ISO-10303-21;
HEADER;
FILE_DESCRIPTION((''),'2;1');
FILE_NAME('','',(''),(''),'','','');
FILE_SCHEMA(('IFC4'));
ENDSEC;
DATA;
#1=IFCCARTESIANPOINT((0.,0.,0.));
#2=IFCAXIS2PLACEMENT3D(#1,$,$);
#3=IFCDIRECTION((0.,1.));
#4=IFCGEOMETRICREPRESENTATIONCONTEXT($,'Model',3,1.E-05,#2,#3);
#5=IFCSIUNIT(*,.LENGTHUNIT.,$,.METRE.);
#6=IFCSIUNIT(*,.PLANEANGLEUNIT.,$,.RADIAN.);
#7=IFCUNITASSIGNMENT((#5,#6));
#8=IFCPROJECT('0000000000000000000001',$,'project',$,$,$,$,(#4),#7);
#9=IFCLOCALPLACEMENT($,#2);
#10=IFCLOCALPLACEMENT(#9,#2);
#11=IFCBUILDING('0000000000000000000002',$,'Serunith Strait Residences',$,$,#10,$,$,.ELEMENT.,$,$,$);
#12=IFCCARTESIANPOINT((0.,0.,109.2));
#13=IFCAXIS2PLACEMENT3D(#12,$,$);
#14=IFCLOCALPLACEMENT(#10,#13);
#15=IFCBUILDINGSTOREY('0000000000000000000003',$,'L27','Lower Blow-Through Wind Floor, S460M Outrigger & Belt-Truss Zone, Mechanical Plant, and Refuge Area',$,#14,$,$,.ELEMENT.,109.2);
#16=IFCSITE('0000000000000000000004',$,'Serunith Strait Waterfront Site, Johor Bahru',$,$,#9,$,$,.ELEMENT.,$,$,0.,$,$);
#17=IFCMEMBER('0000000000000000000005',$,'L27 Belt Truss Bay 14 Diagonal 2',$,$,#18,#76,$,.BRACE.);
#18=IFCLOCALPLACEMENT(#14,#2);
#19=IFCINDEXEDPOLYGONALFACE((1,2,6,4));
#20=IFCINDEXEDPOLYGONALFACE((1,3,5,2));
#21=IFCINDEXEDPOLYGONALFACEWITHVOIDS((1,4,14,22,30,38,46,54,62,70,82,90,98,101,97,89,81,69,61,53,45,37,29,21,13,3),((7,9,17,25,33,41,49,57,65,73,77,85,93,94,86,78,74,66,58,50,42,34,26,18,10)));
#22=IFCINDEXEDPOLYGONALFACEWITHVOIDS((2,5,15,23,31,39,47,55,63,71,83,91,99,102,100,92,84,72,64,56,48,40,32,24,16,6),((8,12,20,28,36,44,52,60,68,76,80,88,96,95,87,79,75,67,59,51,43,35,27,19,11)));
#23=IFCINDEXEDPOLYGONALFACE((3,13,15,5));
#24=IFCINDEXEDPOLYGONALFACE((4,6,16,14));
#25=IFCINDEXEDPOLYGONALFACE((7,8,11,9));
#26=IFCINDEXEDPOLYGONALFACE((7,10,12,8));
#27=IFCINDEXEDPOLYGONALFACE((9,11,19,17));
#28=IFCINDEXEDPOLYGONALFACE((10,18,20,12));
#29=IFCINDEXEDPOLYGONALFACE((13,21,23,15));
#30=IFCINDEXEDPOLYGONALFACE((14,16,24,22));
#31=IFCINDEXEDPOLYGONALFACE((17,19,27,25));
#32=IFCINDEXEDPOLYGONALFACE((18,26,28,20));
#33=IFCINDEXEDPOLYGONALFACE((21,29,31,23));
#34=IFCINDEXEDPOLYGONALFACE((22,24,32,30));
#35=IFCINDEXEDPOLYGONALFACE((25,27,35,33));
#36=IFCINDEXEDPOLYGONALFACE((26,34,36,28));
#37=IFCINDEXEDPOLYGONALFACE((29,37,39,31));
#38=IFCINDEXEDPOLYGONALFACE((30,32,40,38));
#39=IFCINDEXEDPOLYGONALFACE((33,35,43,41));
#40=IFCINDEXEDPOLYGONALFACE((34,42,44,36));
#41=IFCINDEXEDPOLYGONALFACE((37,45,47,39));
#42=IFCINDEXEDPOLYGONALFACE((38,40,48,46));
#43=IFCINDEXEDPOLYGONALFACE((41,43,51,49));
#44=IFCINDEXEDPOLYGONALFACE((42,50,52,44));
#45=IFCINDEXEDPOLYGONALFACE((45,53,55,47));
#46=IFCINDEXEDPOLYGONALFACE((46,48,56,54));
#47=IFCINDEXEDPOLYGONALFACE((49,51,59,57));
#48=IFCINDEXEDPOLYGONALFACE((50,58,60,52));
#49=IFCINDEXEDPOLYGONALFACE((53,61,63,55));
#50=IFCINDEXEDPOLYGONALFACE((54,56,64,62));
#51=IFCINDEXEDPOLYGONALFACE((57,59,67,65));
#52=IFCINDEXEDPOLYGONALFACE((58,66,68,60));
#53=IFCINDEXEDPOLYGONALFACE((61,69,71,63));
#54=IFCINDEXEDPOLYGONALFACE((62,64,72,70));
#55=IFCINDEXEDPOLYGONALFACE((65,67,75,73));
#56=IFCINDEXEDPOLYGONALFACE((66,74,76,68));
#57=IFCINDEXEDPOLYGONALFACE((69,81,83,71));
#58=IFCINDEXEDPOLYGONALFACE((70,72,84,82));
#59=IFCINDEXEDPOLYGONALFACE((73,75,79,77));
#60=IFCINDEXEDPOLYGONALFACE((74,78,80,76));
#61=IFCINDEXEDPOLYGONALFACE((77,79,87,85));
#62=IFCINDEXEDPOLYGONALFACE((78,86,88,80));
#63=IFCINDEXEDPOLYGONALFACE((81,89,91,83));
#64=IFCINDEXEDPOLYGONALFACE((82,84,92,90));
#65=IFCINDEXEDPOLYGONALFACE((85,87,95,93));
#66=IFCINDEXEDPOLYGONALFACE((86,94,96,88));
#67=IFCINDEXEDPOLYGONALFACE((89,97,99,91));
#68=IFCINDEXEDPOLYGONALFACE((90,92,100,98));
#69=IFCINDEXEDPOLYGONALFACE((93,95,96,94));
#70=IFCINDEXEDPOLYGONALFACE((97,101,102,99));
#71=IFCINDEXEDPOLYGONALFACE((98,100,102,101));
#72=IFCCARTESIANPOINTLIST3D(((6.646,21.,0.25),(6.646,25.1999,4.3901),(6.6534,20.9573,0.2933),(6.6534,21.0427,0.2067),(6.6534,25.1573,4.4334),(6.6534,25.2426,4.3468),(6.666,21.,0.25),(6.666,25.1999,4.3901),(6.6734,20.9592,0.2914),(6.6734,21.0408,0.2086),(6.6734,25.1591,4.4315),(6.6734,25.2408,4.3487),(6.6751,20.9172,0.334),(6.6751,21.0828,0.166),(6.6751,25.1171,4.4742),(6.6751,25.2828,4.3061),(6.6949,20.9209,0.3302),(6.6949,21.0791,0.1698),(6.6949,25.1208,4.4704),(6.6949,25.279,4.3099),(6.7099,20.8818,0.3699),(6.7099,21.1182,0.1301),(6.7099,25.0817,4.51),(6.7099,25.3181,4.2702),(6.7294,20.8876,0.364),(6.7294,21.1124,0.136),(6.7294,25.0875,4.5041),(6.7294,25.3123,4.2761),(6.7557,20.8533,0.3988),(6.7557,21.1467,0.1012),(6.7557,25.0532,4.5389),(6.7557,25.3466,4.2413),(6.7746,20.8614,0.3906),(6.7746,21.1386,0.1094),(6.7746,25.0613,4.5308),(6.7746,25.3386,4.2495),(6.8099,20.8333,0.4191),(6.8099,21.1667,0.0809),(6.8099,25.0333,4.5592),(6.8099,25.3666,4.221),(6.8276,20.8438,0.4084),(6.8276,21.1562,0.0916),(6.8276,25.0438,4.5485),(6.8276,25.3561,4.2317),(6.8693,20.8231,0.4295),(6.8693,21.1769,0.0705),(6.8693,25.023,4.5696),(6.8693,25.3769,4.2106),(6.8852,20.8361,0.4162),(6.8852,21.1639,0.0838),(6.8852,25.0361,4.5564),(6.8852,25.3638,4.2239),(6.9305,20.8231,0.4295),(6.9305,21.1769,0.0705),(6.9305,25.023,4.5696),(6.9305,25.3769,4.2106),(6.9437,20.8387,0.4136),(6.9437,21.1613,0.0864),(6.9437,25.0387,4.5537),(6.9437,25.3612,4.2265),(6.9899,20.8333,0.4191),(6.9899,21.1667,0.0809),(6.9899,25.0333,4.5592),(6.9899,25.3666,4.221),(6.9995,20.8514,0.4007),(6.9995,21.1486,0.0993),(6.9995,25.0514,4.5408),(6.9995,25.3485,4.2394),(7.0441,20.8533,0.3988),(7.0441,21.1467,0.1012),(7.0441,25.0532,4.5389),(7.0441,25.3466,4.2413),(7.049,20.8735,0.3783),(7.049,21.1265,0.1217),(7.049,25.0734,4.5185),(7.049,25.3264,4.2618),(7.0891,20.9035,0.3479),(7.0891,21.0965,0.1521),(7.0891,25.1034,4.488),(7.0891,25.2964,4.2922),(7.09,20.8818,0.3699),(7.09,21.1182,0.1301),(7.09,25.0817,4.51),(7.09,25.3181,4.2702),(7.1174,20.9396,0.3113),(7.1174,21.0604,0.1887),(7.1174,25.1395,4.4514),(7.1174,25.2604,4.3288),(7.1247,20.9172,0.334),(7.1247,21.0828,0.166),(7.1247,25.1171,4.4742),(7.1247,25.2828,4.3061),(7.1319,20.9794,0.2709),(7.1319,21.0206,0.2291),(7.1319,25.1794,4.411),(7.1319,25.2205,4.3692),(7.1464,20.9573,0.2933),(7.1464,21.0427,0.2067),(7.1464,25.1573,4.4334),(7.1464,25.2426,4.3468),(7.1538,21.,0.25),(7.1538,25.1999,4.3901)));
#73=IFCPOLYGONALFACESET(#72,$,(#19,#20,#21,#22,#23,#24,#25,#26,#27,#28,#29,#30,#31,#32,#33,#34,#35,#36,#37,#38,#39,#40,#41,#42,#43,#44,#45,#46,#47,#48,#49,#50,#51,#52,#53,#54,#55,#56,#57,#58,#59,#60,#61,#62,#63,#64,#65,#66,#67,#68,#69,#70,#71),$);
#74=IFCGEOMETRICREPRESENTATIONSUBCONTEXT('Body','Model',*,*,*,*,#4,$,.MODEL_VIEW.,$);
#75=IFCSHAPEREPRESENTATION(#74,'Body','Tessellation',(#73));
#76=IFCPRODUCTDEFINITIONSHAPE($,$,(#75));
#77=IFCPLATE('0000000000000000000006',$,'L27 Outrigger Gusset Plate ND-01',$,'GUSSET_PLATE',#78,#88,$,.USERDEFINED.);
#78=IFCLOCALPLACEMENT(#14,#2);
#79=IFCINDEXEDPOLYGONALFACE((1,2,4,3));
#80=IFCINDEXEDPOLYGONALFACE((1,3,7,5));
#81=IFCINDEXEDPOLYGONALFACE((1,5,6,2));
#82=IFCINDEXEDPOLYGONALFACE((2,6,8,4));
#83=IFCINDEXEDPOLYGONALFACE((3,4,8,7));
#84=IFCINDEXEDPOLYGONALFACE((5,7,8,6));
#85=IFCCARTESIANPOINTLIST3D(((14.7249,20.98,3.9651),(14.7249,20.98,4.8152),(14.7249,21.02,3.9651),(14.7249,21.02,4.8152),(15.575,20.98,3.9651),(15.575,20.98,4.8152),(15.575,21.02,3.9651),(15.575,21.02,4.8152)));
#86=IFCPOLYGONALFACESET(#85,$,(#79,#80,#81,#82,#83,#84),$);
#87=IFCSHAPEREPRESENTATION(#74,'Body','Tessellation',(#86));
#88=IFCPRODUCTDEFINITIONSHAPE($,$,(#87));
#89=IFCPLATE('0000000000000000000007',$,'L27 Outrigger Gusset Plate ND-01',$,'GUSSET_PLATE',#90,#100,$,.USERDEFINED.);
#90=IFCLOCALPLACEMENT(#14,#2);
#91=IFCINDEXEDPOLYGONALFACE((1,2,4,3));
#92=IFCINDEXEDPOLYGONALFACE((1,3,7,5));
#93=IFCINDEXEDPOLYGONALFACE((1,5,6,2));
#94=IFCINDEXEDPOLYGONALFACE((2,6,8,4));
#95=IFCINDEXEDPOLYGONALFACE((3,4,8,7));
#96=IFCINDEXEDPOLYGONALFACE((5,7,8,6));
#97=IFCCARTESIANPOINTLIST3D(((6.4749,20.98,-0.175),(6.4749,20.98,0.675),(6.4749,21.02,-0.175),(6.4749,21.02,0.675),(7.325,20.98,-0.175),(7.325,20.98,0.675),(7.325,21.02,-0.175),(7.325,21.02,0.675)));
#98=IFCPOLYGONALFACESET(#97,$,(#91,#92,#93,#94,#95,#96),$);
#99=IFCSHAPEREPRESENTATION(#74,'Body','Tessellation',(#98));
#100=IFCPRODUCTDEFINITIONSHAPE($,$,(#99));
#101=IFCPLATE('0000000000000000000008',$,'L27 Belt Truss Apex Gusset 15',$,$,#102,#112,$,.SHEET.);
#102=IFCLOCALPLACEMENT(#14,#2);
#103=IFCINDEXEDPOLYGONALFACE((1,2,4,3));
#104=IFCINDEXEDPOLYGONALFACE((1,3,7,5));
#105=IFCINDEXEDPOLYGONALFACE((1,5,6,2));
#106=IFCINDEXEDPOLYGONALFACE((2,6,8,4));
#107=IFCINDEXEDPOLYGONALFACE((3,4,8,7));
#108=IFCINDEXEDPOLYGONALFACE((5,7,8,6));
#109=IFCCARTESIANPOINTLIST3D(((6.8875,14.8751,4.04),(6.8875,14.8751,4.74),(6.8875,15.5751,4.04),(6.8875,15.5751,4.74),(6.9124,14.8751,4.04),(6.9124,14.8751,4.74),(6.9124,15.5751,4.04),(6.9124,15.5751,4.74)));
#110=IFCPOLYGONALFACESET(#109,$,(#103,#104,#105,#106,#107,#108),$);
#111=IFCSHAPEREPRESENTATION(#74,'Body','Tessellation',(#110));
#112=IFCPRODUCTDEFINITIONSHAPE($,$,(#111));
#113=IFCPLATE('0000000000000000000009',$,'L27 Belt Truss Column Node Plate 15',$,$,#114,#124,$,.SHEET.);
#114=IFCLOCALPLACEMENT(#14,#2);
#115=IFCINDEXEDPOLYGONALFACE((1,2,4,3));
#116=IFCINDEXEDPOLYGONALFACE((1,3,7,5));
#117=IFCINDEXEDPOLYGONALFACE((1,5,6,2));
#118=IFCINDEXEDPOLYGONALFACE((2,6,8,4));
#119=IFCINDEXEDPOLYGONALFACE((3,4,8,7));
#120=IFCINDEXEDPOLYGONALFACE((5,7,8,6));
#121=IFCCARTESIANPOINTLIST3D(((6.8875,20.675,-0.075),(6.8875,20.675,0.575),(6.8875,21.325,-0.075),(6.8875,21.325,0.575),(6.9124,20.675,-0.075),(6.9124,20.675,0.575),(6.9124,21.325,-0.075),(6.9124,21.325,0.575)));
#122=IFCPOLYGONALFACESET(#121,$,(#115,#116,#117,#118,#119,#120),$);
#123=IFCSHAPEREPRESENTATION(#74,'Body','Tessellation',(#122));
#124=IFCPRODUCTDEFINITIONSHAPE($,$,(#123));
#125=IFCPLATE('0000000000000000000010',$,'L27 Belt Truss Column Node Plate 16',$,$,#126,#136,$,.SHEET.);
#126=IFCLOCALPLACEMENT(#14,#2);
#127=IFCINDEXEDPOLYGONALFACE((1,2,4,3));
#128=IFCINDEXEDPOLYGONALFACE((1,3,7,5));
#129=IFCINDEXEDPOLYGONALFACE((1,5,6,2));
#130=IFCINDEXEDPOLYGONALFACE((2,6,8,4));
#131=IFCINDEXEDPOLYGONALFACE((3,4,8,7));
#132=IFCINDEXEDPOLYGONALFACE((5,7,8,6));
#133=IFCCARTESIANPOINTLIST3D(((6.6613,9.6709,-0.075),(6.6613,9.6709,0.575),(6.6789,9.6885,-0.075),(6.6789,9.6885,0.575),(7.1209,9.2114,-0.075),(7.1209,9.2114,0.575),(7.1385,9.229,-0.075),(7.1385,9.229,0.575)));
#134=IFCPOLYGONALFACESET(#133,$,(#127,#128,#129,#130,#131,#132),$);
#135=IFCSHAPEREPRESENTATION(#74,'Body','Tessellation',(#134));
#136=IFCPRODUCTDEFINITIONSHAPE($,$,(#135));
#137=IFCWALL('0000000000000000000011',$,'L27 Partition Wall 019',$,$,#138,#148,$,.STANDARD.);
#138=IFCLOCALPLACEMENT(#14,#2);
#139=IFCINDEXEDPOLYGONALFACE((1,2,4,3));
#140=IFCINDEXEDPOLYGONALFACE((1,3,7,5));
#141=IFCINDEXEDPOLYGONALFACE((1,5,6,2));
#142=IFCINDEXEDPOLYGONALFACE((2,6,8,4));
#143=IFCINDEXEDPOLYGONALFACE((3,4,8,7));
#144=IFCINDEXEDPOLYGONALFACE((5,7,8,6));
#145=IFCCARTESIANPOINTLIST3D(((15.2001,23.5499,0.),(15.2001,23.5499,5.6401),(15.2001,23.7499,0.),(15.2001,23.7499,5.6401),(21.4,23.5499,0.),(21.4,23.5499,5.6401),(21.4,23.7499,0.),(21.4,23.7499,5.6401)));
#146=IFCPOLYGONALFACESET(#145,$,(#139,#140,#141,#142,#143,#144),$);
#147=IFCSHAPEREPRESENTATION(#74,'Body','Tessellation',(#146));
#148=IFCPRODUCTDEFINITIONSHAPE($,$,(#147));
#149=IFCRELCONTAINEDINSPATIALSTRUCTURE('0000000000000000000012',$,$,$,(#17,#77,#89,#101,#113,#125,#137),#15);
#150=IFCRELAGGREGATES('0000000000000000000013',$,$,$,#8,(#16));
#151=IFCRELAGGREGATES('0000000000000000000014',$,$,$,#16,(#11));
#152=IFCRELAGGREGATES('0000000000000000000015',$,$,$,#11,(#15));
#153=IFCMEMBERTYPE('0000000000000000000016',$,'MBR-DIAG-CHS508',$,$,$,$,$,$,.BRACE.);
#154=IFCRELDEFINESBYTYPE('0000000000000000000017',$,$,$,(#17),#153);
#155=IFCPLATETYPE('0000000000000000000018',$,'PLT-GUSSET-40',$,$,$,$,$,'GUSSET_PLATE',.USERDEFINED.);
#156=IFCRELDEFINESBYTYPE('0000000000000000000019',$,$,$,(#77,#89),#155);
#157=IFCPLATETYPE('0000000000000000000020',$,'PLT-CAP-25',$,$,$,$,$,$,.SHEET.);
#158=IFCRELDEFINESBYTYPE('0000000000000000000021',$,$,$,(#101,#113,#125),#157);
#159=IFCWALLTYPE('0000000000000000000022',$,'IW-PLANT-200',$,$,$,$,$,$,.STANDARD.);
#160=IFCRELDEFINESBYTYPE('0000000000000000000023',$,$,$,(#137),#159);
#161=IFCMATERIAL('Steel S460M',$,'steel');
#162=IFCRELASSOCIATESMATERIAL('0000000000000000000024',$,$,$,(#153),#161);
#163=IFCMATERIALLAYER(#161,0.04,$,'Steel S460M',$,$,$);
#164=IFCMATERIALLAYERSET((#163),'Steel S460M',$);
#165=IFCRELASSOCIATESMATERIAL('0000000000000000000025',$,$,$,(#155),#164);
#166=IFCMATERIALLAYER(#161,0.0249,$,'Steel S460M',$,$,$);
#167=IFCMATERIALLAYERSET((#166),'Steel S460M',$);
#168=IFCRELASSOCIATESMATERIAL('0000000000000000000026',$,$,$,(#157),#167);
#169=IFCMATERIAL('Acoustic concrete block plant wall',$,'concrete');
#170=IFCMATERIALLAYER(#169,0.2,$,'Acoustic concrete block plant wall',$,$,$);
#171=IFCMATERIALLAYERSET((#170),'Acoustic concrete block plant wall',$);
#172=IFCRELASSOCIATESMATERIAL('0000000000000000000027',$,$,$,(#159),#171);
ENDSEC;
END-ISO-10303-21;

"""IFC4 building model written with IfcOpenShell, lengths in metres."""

from ifc_helpers import new_model, si_unit, direction, frame, frame_2d, origin, origin_2d, place, context, subcontext, project, spatial, rectangle, hollow_circle, extrude, source, transform, mapped, material, layer, layer_set, material_profile, profile_set, type_object, element, save


model = new_model("IFC4")

# Units and contexts
model_context = context("Model", 3, precision=1e-05, world=origin(), true_north=direction((0.0, 1.0)))
body_context = subcontext(model_context, "Body", "Model", "MODEL_VIEW")
ifc_project = project(units=[si_unit("LENGTHUNIT", "METRE"), si_unit("PLANEANGLEUNIT", "RADIAN")], contexts=[model_context])

# Site, building, storey
site_placement = place(None, origin())
site = spatial("IfcSite", under=ifc_project, at=site_placement, Name="Serunith Strait Waterfront Site, Johor Bahru", CompositionType="ELEMENT", RefElevation=0.0)
building_placement = place(site_placement, origin())
building = spatial("IfcBuilding", under=site, at=building_placement, Name="Serunith Strait Residences", CompositionType="ELEMENT")
storey_placement = place(building_placement, frame((0.0, 0.0, 109.2)))
storey = spatial("IfcBuildingStorey", under=building, at=storey_placement, Name="L27", Description="Lower Blow-Through Wind Floor, S460M Outrigger & Belt-Truss Zone, Mechanical Plant, and Refuge Area", CompositionType="ELEMENT", Elevation=109.2)

# Member
ifc_material_1 = material(Name="Steel S460M", Category="steel")
ifc_material_profile_1 = material_profile(ifc_material_1, hollow_circle(Radius=0.2539, WallThickness=0.02, at=origin_2d()), Name="CHS 508x20")
ifc_profile_set_1 = profile_set([ifc_material_profile_1], Name="Steel S460M")
member_type_1 = type_object("IfcMemberType", Name="MBR-DIAG-CHS508", PredefinedType="BRACE", material=ifc_profile_set_1)
shared_shape_1 = source(origin(), body_context, "Body", "SweptSolid", [
    extrude(hollow_circle(Radius=0.2539, WallThickness=0.02, at=origin_2d()), origin(), (0.0, 0.0, 1.0), 5.8975),
])
member_1_placement = place(storey_placement, frame((6.8999, 21.0, 0.25), z_axis=(0.0, 0.71216, 0.702017), x_axis=(-1.0, 0.0, 0.0)))
element("IfcMember", 1, at=member_1_placement, inside=storey, type_object=member_type_1, Name="L27 Belt Truss Bay 14 Diagonal 2", PredefinedType="BRACE", context=body_context, shape_type="MappedRepresentation", body=[
    mapped(shared_shape_1, transform((0.0, 0.0, 0.0), scale=1.0)),
])

# Plates
ifc_layer_1 = layer(ifc_material_1, 0.04, Name="Steel S460M")
ifc_layer_set_1 = layer_set([ifc_layer_1], Name="Steel S460M")
plate_type_1 = type_object("IfcPlateType", Name="PLT-GUSSET-40", ElementType="GUSSET_PLATE", PredefinedType="USERDEFINED", material=ifc_layer_set_1)
shared_shape_2 = source(origin(), body_context, "Body", "SweptSolid", [
    extrude(rectangle(XDim=0.8501, YDim=0.04, at=origin_2d()), origin(), (0.0, 0.0, 1.0), 0.8501),
])
for number, where, z_axis, x_axis, name in (
    (2, (15.1499, 21.0, 3.9651), (0.0, 0.0, 1.0), (-1.0, 0.0, 0.0), "L27 Outrigger Gusset Plate ND-01"),
    (3, (6.8999, 21.0, -0.175), (0.0, 0.0, 1.0), (-1.0, 0.0, 0.0), "L27 Outrigger Gusset Plate ND-01"),
):
    element("IfcPlate", number, at=place(storey_placement, frame(where, z_axis=z_axis, x_axis=x_axis)), inside=storey, type_object=plate_type_1, Name=name, ObjectType="GUSSET_PLATE", PredefinedType="USERDEFINED", context=body_context, shape_type="MappedRepresentation", body=[
        mapped(shared_shape_2, transform((0.0, 0.0, 0.0), scale=1.0)),
    ])
ifc_layer_2 = layer(ifc_material_1, 0.0249, Name="Steel S460M")
ifc_layer_set_2 = layer_set([ifc_layer_2], Name="Steel S460M")
plate_type_2 = type_object("IfcPlateType", Name="PLT-CAP-25", PredefinedType="SHEET", material=ifc_layer_set_2)
shared_shape_3 = source(origin(), body_context, "Body", "SweptSolid", [
    extrude(rectangle(XDim=0.7, YDim=0.0249, at=origin_2d()), origin(), (0.0, 0.0, 1.0), 0.7),
])
plate_placement = place(storey_placement, frame((6.8999, 15.2251, 4.04), z_axis=(0.0, 0.0, 1.0), x_axis=(0.0, -1.0, 0.0)))
element("IfcPlate", 4, at=plate_placement, inside=storey, type_object=plate_type_2, Name="L27 Belt Truss Apex Gusset 15", PredefinedType="SHEET", context=body_context, shape_type="MappedRepresentation", body=[
    mapped(shared_shape_3, transform((0.0, 0.0, 0.0), scale=1.0)),
])
shared_shape_4 = source(origin(), body_context, "Body", "SweptSolid", [
    extrude(rectangle(XDim=0.6499, YDim=0.0249, at=origin_2d()), origin(), (0.0, 0.0, 1.0), 0.6499),
])
for number, where, z_axis, x_axis, name in (
    (5, (6.8999, 21.0, -0.075), (0.0, 0.0, 1.0), (0.0, -1.0, 0.0), "L27 Belt Truss Column Node Plate 15"),
    (6, (6.8999, 9.45, -0.075), (0.0, 0.0, 1.0), (0.707107, -0.707107, 0.0), "L27 Belt Truss Column Node Plate 16"),
):
    element("IfcPlate", number, at=place(storey_placement, frame(where, z_axis=z_axis, x_axis=x_axis)), inside=storey, type_object=plate_type_2, Name=name, PredefinedType="SHEET", context=body_context, shape_type="MappedRepresentation", body=[
        mapped(shared_shape_4, transform((0.0, 0.0, 0.0), scale=1.0)),
    ])

# Wall
ifc_material_2 = material(Name="Acoustic concrete block plant wall", Category="concrete")
ifc_layer_3 = layer(ifc_material_2, 0.2, Name="Acoustic concrete block plant wall")
ifc_layer_set_3 = layer_set([ifc_layer_3], Name="Acoustic concrete block plant wall")
wall_type = type_object("IfcWallType", Name="IW-PLANT-200", PredefinedType="STANDARD", material=ifc_layer_set_3)
wall_1_placement = place(storey_placement, frame((15.2, 23.6499, 0.0), z_axis=(0.0, 0.0, 1.0), x_axis=(1.0, 0.0, 0.0)))
element("IfcWall", 7, at=wall_1_placement, inside=storey, type_object=wall_type, Name="L27 Partition Wall 019", PredefinedType="STANDARD", context=body_context, shape_type="SweptSolid", body=[
    extrude(rectangle(XDim=6.2, YDim=0.2, at=frame_2d((3.1001, 0.0))), origin(), (0.0, 0.0, 1.0), 5.6401),
])

save(model, "model.ifc")
